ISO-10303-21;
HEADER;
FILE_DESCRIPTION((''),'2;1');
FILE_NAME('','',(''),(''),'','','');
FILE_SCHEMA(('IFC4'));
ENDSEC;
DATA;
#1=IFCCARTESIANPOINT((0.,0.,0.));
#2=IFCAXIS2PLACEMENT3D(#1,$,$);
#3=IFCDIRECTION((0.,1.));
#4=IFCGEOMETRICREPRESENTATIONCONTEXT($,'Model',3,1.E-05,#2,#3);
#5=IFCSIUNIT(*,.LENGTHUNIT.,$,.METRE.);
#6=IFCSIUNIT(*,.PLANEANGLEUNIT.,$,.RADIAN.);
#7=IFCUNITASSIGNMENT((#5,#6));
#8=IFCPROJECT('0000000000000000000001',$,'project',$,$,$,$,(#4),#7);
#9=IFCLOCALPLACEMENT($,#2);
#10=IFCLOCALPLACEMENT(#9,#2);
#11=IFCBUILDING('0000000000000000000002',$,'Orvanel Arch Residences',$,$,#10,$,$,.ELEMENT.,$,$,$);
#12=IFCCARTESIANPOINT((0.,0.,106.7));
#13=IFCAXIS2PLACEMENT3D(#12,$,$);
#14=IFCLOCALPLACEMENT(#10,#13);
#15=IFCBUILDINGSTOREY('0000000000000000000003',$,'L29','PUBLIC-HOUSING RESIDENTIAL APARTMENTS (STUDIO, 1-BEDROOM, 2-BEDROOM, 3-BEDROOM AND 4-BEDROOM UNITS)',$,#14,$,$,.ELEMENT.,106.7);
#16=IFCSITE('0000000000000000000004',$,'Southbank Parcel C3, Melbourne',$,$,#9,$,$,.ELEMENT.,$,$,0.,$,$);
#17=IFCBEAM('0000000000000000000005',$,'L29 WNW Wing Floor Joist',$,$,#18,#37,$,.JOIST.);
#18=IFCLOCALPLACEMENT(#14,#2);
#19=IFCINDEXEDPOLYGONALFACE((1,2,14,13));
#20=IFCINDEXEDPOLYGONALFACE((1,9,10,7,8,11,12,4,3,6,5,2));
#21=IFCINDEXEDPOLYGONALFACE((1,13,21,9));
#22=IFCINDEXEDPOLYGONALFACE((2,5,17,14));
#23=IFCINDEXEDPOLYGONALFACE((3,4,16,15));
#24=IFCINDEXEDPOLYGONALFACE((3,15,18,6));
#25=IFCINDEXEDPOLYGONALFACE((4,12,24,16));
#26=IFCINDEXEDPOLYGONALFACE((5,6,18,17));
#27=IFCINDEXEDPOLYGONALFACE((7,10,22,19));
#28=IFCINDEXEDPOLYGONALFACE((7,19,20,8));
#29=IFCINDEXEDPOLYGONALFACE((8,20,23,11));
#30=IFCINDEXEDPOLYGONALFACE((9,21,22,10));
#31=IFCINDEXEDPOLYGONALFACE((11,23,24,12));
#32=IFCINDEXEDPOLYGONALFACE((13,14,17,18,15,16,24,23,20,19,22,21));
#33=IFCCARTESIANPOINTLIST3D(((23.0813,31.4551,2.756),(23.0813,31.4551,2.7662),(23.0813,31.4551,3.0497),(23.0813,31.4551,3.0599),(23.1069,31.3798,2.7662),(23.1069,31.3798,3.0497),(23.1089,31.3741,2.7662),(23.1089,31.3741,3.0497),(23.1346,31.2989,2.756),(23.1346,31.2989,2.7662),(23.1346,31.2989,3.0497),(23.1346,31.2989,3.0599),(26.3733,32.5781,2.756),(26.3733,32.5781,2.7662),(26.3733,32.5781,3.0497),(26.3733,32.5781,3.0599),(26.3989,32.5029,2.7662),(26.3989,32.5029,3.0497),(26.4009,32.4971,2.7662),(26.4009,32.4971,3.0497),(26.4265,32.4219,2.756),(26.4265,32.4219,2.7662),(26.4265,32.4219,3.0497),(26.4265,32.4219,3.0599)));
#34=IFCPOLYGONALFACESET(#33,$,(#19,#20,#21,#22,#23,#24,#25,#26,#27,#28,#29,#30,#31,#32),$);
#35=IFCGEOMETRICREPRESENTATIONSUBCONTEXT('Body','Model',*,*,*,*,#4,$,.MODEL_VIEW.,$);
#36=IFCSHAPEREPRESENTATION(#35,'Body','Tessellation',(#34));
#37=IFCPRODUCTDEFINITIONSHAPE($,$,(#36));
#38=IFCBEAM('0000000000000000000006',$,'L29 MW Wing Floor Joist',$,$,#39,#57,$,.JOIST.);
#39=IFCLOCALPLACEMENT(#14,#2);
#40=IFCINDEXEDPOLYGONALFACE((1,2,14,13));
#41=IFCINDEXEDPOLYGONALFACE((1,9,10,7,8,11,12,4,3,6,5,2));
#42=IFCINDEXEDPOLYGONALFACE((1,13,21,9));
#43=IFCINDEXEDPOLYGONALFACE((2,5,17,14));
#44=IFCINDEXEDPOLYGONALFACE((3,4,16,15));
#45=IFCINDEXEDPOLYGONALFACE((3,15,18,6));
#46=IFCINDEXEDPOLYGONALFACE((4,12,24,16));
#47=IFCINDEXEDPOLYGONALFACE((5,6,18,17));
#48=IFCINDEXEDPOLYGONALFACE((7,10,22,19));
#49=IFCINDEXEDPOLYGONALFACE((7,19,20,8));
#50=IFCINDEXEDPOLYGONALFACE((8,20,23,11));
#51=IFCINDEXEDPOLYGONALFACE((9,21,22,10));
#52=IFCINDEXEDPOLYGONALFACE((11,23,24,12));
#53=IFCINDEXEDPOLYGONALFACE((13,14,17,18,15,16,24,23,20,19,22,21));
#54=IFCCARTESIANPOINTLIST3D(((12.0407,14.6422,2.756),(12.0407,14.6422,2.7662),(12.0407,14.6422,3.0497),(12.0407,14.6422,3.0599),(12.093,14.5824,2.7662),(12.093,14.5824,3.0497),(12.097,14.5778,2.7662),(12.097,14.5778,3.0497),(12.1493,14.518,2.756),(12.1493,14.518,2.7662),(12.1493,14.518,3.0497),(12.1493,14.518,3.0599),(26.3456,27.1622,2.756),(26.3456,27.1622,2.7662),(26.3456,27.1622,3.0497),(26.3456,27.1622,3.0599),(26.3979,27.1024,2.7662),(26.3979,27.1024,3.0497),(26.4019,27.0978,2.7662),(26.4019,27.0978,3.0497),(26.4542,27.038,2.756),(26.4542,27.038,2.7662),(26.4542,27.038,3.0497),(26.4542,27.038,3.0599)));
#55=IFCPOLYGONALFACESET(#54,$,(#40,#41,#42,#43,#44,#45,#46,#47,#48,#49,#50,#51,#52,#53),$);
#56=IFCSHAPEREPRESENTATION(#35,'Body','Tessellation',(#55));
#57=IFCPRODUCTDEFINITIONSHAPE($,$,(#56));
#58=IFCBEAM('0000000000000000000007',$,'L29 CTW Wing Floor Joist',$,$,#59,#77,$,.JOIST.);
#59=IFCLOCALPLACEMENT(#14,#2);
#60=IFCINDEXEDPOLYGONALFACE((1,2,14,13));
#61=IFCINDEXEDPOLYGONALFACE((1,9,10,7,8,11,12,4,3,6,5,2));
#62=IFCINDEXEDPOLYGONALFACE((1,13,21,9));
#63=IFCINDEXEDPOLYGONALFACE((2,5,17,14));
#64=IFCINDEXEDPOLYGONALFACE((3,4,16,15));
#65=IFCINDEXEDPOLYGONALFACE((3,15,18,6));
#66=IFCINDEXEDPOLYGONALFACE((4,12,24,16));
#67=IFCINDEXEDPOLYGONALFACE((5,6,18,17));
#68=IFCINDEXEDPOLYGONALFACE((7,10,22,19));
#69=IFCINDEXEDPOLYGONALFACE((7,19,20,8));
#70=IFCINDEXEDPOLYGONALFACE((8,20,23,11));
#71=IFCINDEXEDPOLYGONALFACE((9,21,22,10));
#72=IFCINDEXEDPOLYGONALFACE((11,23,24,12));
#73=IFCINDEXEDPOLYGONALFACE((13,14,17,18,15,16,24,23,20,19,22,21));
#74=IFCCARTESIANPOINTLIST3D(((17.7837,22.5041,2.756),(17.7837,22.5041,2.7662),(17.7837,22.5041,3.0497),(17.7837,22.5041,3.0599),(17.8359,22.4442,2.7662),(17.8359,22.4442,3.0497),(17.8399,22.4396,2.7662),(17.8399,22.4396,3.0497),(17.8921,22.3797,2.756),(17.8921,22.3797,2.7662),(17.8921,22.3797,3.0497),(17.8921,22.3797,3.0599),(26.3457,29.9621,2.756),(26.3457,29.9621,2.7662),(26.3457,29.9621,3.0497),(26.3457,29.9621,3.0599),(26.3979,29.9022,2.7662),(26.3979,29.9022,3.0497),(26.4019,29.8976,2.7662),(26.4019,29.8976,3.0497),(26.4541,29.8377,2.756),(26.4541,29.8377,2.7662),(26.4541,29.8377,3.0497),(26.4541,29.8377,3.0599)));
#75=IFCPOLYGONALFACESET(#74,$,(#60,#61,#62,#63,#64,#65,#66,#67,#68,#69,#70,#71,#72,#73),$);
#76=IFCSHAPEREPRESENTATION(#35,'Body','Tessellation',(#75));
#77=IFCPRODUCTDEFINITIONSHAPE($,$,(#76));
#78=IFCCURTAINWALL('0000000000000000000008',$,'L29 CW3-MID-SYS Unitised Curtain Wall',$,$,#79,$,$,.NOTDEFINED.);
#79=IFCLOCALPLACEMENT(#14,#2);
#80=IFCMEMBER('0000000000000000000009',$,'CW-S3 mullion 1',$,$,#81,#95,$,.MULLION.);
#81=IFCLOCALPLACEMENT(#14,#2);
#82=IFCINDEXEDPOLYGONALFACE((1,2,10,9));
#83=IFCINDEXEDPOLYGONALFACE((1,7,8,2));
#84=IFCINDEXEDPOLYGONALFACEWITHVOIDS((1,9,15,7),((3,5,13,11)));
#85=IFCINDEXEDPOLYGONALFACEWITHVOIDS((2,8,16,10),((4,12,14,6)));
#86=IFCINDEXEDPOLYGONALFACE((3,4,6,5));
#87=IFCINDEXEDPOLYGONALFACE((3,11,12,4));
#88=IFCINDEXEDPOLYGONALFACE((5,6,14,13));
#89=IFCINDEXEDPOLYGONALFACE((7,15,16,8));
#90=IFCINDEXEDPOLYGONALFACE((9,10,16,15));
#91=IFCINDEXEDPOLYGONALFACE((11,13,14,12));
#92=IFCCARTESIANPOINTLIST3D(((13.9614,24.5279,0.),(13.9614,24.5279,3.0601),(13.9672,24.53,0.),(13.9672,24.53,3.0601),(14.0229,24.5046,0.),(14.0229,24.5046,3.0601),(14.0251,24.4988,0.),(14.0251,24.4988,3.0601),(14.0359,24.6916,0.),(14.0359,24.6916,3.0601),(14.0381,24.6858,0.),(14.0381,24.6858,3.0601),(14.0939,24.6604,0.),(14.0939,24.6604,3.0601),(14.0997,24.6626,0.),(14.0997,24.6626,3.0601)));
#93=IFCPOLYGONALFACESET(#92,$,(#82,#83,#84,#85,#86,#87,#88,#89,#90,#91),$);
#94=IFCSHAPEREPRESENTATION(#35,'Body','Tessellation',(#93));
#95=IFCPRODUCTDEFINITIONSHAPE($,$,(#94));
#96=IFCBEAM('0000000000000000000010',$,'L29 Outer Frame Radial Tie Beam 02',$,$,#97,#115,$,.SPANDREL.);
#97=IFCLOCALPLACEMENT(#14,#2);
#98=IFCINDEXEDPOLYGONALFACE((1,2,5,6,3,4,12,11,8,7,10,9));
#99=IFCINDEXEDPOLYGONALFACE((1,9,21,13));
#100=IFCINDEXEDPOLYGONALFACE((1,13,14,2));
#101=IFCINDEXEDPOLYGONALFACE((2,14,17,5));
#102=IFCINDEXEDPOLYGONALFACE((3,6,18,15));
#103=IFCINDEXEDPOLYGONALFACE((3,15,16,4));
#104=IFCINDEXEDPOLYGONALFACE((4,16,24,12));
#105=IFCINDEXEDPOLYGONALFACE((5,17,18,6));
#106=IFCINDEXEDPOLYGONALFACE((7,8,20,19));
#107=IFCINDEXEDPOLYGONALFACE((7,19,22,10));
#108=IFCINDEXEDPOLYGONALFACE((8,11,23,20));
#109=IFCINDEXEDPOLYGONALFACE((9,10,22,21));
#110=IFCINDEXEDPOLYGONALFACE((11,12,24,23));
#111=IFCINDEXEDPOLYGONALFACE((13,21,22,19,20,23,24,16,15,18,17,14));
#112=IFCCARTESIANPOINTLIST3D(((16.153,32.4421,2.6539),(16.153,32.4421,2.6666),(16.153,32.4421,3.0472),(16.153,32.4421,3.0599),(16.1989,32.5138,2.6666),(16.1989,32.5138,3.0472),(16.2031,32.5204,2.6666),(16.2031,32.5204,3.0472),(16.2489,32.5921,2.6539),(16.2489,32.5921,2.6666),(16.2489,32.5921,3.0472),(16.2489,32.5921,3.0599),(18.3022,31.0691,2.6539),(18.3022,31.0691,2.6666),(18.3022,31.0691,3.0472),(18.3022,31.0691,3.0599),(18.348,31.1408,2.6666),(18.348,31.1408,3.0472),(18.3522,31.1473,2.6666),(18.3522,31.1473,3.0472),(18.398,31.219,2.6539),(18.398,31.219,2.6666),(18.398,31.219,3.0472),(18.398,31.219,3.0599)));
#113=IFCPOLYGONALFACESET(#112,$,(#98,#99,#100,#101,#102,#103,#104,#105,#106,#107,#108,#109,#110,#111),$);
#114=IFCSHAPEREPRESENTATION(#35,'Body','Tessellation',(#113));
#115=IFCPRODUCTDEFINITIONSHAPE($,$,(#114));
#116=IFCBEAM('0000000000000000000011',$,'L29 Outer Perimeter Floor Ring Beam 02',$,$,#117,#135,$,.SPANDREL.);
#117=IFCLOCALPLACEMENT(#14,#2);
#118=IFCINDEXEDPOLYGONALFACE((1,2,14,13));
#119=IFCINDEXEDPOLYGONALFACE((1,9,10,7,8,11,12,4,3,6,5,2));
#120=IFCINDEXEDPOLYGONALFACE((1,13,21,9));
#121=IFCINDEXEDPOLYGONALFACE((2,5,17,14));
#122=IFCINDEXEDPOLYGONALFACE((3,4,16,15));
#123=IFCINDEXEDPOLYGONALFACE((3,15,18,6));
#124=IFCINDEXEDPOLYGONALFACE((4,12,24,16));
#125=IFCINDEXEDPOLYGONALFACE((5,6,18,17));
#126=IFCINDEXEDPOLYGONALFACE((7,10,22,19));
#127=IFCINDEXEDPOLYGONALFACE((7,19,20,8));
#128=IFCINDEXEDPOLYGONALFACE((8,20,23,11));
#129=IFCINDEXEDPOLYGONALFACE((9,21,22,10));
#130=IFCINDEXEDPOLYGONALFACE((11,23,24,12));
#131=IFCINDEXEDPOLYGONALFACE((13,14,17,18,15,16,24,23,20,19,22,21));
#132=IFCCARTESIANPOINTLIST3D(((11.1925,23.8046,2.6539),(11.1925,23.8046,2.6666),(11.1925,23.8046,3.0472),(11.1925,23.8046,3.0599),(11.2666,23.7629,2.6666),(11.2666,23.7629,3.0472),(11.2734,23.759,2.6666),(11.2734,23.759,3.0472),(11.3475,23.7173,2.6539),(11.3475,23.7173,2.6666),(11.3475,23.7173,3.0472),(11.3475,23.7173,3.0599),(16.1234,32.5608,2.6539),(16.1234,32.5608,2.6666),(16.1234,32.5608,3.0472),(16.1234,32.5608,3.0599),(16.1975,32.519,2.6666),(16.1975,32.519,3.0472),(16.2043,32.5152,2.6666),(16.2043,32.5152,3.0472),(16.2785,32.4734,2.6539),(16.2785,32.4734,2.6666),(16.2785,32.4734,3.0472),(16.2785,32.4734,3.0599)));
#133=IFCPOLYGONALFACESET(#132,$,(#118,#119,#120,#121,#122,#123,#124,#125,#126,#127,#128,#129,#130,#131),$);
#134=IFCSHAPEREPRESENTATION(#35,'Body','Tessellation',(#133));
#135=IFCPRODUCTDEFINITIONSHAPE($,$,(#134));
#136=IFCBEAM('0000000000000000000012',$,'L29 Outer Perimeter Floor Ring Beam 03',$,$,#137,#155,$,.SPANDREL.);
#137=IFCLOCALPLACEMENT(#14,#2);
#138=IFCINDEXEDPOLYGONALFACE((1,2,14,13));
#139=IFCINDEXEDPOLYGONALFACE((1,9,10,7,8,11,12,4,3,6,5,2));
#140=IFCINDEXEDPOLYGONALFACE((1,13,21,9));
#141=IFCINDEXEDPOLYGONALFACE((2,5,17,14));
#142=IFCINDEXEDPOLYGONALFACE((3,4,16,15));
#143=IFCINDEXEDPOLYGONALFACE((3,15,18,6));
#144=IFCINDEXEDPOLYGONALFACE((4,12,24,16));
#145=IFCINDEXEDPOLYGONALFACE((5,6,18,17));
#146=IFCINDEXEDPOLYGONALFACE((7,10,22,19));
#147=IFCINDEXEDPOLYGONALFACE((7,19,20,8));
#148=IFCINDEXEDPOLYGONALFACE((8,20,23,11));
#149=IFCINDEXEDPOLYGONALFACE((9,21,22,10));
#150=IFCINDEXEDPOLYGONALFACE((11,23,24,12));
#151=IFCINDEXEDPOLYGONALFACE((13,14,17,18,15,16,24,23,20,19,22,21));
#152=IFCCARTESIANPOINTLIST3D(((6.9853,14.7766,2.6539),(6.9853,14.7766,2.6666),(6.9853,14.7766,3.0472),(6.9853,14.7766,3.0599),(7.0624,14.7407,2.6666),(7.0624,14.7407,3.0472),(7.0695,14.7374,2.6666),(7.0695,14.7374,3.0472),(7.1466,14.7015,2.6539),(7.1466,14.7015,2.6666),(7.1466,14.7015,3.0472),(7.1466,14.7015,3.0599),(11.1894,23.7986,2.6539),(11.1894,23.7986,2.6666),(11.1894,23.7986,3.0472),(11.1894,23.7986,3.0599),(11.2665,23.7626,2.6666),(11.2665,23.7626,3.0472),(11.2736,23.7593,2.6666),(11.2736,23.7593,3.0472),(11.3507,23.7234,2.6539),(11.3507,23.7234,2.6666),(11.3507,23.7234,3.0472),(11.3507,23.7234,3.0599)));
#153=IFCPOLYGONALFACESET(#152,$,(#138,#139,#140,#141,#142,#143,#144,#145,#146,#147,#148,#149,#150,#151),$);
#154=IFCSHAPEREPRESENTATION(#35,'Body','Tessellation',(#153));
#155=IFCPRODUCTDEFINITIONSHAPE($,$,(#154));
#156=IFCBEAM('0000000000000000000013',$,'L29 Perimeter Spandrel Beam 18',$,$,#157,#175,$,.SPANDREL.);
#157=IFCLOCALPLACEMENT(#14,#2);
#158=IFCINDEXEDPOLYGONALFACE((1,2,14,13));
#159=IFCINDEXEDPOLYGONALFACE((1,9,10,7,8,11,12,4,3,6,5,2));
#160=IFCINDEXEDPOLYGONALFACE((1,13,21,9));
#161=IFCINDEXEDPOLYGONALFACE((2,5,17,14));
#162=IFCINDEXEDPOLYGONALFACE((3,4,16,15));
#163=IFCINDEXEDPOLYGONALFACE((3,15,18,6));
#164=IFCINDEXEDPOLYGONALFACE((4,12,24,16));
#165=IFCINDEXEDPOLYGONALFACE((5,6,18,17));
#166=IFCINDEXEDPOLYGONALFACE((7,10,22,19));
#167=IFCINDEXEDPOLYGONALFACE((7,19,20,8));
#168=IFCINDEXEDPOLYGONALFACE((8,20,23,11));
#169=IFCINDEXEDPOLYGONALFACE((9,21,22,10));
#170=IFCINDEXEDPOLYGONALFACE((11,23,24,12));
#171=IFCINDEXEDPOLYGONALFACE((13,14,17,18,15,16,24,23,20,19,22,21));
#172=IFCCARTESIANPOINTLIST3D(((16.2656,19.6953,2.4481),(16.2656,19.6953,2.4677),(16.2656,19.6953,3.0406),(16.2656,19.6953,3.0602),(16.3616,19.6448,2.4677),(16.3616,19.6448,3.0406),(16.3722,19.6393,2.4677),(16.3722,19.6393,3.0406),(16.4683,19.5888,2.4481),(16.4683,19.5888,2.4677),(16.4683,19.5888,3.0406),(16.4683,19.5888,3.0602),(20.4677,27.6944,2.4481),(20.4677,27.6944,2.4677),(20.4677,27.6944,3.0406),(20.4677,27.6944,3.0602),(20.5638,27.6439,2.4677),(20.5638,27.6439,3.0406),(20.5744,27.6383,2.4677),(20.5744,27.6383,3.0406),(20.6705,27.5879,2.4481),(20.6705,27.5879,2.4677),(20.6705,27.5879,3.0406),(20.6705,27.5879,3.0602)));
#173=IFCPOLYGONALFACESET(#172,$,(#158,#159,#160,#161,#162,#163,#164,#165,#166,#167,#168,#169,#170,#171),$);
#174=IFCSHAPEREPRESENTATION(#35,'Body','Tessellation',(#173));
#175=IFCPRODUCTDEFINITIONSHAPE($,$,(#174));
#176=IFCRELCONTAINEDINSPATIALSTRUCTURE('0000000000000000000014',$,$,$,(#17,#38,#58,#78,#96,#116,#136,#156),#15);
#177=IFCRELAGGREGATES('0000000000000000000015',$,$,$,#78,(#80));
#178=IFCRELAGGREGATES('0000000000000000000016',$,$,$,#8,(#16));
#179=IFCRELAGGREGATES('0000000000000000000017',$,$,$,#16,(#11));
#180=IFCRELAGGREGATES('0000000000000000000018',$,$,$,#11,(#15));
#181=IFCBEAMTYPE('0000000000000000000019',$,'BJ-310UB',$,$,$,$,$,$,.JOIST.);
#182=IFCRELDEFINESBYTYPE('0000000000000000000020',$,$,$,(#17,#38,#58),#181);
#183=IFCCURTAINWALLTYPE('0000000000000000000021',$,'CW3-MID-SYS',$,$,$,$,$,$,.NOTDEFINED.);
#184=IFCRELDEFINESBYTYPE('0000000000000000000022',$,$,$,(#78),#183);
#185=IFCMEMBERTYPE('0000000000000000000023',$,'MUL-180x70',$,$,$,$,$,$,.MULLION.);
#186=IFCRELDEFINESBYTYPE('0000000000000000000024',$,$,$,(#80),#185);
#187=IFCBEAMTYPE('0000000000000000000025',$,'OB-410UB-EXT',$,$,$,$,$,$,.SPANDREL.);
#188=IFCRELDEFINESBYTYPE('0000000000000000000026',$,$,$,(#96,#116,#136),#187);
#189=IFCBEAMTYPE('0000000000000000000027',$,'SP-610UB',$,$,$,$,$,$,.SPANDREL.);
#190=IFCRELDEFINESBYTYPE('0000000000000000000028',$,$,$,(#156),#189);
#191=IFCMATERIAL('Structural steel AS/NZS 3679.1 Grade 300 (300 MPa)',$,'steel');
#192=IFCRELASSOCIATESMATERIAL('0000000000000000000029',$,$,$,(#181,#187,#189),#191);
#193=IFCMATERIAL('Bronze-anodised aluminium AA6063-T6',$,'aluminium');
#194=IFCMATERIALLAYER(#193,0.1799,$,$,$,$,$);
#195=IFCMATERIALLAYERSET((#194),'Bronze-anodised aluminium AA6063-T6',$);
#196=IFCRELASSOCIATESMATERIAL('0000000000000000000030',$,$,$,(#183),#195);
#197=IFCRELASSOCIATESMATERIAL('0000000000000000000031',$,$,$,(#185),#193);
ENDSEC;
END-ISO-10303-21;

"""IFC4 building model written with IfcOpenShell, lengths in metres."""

from ifc_helpers import new_model, si_unit, direction, frame, origin, origin_2d, place, context, subcontext, project, spatial, hollow_rectangle, i_section, extrude, material, layer, layer_set, material_profile, profile_set, type_object, element, aggregate, save


model = new_model("IFC4")

# Units and contexts
model_context = context("Model", 3, precision=1e-05, world=origin(), true_north=direction((0.0, 1.0)))
body_context = subcontext(model_context, "Body", "Model", "MODEL_VIEW")
ifc_project = project(units=[si_unit("LENGTHUNIT", "METRE"), si_unit("PLANEANGLEUNIT", "RADIAN")], contexts=[model_context])

# Site, building, storey
site_placement = place(None, origin())
site = spatial("IfcSite", under=ifc_project, at=site_placement, Name="Southbank Parcel C3, Melbourne", CompositionType="ELEMENT", RefElevation=0.0)
building_placement = place(site_placement, origin())
building = spatial("IfcBuilding", under=site, at=building_placement, Name="Orvanel Arch Residences", CompositionType="ELEMENT")
storey_placement = place(building_placement, frame((0.0, 0.0, 106.7)))
storey = spatial("IfcBuildingStorey", under=building, at=storey_placement, Name="L29", Description="PUBLIC-HOUSING RESIDENTIAL APARTMENTS (STUDIO, 1-BEDROOM, 2-BEDROOM, 3-BEDROOM AND 4-BEDROOM UNITS)", CompositionType="ELEMENT", Elevation=106.7)

# Beams
ifc_material_1 = material(Name="Structural steel AS/NZS 3679.1 Grade 300 (300 MPa)", Category="steel")
ifc_material_profile_1 = material_profile(ifc_material_1, i_section(OverallWidth=0.165, OverallDepth=0.304, WebThickness=0.0061, FlangeThickness=0.0103, at=origin_2d()), Name="310UB40.4")
ifc_profile_set_1 = profile_set([ifc_material_profile_1], Name="Structural steel AS/NZS 3679.1 Grade 300 (300 MPa)")
beam_type_1 = type_object("IfcBeamType", Name="BJ-310UB", PredefinedType="JOIST", material=ifc_profile_set_1)
beam_1_placement = place(storey_placement, frame((26.3999, 32.5, 2.908), z_axis=(-0.946442, -0.322874, 0.0), x_axis=(0.322874, -0.946442, 0.0)))
element("IfcBeam", 1, at=beam_1_placement, inside=storey, type_object=beam_type_1, Name="L29 WNW Wing Floor Joist", PredefinedType="JOIST", context=body_context, shape_type="SweptSolid", body=[
    extrude(i_section(OverallWidth=0.165, OverallDepth=0.304, WebThickness=0.0061, FlangeThickness=0.0103, at=origin_2d()), origin(), (0.0, 0.0, 1.0), 3.4783),
])
beam_2_placement = place(storey_placement, frame((26.3999, 27.1001, 2.908), z_axis=(-0.752493, -0.6586, 0.0), x_axis=(0.6586, -0.752493, 0.0)))
element("IfcBeam", 2, at=beam_2_placement, inside=storey, type_object=beam_type_1, Name="L29 MW Wing Floor Joist", PredefinedType="JOIST", context=body_context, shape_type="SweptSolid", body=[
    extrude(i_section(OverallWidth=0.165, OverallDepth=0.304, WebThickness=0.0061, FlangeThickness=0.0103, at=origin_2d()), origin(), (0.0, 0.0, 1.0), 19.01),
])
beam_3_placement = place(storey_placement, frame((26.3999, 29.8999, 2.908), z_axis=(-0.754048, -0.656819, 0.0), x_axis=(0.656819, -0.754048, 0.0)))
element("IfcBeam", 3, at=beam_3_placement, inside=storey, type_object=beam_type_1, Name="L29 CTW Wing Floor Joist", PredefinedType="JOIST", context=body_context, shape_type="SweptSolid", body=[
    extrude(i_section(OverallWidth=0.165, OverallDepth=0.304, WebThickness=0.0061, FlangeThickness=0.0103, at=origin_2d()), origin(), (0.0, 0.0, 1.0), 11.3547),
])

# Curtain wall, member
ifc_material_2 = material(Name="Bronze-anodised aluminium AA6063-T6", Category="aluminium")
ifc_layer_1 = layer(ifc_material_2, 0.1799)
ifc_layer_set_1 = layer_set([ifc_layer_1], Name="Bronze-anodised aluminium AA6063-T6")
curtain_wall_type = type_object("IfcCurtainWallType", Name="CW3-MID-SYS", PredefinedType="NOTDEFINED", material=ifc_layer_set_1)
curtain_wall_placement = place(storey_placement, origin())
curtain_wall = element("IfcCurtainWall", 4, at=curtain_wall_placement, inside=storey, type_object=curtain_wall_type, Name="L29 CW3-MID-SYS Unitised Curtain Wall", PredefinedType="NOTDEFINED")
ifc_material_profile_2 = material_profile(ifc_material_2, hollow_rectangle(XDim=0.0701, YDim=0.1799, WallThickness=0.0044, at=origin_2d()), Name="ALU180x70x4.5")
ifc_profile_set_2 = profile_set([ifc_material_profile_2], Name="Bronze-anodised aluminium AA6063-T6")
member_type_1 = type_object("IfcMemberType", Name="MUL-180x70", PredefinedType="MULLION", material=ifc_profile_set_2)
member_1_placement = place(storey_placement, frame((14.0305, 24.5952, 0.0), z_axis=(0.0, 0.0, 1.0), x_axis=(0.910113, -0.414361, 0.0)))
member_1 = element("IfcMember", 5, at=member_1_placement, type_object=member_type_1, Name="CW-S3 mullion 1", PredefinedType="MULLION", context=body_context, shape_type="SweptSolid", body=[
    extrude(hollow_rectangle(XDim=0.0701, YDim=0.1799, WallThickness=0.0044, at=origin_2d()), origin(), (0.0, 0.0, 1.0), 3.0601),
])

# Beams
ifc_material_profile_3 = material_profile(ifc_material_1, i_section(OverallWidth=0.178, OverallDepth=0.406, WebThickness=0.0078, FlangeThickness=0.0127, at=origin_2d()), Name="410UB59.7")
ifc_profile_set_3 = profile_set([ifc_material_profile_3], Name="Structural steel AS/NZS 3679.1 Grade 300 (300 MPa)")
beam_type_2 = type_object("IfcBeamType", Name="OB-410UB-EXT", PredefinedType="SPANDREL", material=ifc_profile_set_3)
beam_4_placement = place(storey_placement, frame((18.3501, 31.144, 2.8569), z_axis=(-0.842702, 0.53838, 0.0), x_axis=(-0.53838, -0.842702, 0.0)))
element("IfcBeam", 6, at=beam_4_placement, inside=storey, type_object=beam_type_2, Name="L29 Outer Frame Radial Tie Beam 02", PredefinedType="SPANDREL", context=body_context, shape_type="SweptSolid", body=[
    extrude(i_section(OverallWidth=0.178, OverallDepth=0.406, WebThickness=0.0078, FlangeThickness=0.0127, at=origin_2d()), origin(), (0.0, 0.0, 1.0), 2.5503),
])
beam_5_placement = place(storey_placement, frame((16.2009, 32.5171, 2.8569), z_axis=(-0.490685, -0.871337, 0.0), x_axis=(0.871337, -0.490685, 0.0)))
element("IfcBeam", 7, at=beam_5_placement, inside=storey, type_object=beam_type_2, Name="L29 Outer Perimeter Floor Ring Beam 02", PredefinedType="SPANDREL", context=body_context, shape_type="SweptSolid", body=[
    extrude(i_section(OverallWidth=0.178, OverallDepth=0.406, WebThickness=0.0078, FlangeThickness=0.0127, at=origin_2d()), origin(), (0.0, 0.0, 1.0), 10.0491),
])
beam_6_placement = place(storey_placement, frame((11.27, 23.761, 2.8569), z_axis=(-0.422378, -0.90642, 0.0), x_axis=(0.90642, -0.422378, 0.0)))
element("IfcBeam", 8, at=beam_6_placement, inside=storey, type_object=beam_type_2, Name="L29 Outer Perimeter Floor Ring Beam 03", PredefinedType="SPANDREL", context=body_context, shape_type="SweptSolid", body=[
    extrude(i_section(OverallWidth=0.178, OverallDepth=0.406, WebThickness=0.0078, FlangeThickness=0.0127, at=origin_2d()), origin(), (0.0, 0.0, 1.0), 9.9534),
])
ifc_material_profile_4 = material_profile(ifc_material_1, i_section(OverallWidth=0.229, OverallDepth=0.6121, WebThickness=0.012, FlangeThickness=0.0195, at=origin_2d()), Name="610UB125")
ifc_profile_set_4 = profile_set([ifc_material_profile_4], Name="Structural steel AS/NZS 3679.1 Grade 300 (300 MPa)")
beam_type_3 = type_object("IfcBeamType", Name="SP-610UB", PredefinedType="SPANDREL", material=ifc_profile_set_4)
beam_7_placement = place(storey_placement, frame((20.5691, 27.6411, 2.7542), z_axis=(-0.465065, -0.885277, 0.0), x_axis=(0.885277, -0.465065, 0.0)))
element("IfcBeam", 9, at=beam_7_placement, inside=storey, type_object=beam_type_3, Name="L29 Perimeter Spandrel Beam 18", PredefinedType="SPANDREL", context=body_context, shape_type="SweptSolid", body=[
    extrude(i_section(OverallWidth=0.229, OverallDepth=0.6121, WebThickness=0.012, FlangeThickness=0.0195, at=origin_2d()), origin(), (0.0, 0.0, 1.0), 9.0356),
])

aggregate(curtain_wall, [member_1])

save(model, "model.ifc")
